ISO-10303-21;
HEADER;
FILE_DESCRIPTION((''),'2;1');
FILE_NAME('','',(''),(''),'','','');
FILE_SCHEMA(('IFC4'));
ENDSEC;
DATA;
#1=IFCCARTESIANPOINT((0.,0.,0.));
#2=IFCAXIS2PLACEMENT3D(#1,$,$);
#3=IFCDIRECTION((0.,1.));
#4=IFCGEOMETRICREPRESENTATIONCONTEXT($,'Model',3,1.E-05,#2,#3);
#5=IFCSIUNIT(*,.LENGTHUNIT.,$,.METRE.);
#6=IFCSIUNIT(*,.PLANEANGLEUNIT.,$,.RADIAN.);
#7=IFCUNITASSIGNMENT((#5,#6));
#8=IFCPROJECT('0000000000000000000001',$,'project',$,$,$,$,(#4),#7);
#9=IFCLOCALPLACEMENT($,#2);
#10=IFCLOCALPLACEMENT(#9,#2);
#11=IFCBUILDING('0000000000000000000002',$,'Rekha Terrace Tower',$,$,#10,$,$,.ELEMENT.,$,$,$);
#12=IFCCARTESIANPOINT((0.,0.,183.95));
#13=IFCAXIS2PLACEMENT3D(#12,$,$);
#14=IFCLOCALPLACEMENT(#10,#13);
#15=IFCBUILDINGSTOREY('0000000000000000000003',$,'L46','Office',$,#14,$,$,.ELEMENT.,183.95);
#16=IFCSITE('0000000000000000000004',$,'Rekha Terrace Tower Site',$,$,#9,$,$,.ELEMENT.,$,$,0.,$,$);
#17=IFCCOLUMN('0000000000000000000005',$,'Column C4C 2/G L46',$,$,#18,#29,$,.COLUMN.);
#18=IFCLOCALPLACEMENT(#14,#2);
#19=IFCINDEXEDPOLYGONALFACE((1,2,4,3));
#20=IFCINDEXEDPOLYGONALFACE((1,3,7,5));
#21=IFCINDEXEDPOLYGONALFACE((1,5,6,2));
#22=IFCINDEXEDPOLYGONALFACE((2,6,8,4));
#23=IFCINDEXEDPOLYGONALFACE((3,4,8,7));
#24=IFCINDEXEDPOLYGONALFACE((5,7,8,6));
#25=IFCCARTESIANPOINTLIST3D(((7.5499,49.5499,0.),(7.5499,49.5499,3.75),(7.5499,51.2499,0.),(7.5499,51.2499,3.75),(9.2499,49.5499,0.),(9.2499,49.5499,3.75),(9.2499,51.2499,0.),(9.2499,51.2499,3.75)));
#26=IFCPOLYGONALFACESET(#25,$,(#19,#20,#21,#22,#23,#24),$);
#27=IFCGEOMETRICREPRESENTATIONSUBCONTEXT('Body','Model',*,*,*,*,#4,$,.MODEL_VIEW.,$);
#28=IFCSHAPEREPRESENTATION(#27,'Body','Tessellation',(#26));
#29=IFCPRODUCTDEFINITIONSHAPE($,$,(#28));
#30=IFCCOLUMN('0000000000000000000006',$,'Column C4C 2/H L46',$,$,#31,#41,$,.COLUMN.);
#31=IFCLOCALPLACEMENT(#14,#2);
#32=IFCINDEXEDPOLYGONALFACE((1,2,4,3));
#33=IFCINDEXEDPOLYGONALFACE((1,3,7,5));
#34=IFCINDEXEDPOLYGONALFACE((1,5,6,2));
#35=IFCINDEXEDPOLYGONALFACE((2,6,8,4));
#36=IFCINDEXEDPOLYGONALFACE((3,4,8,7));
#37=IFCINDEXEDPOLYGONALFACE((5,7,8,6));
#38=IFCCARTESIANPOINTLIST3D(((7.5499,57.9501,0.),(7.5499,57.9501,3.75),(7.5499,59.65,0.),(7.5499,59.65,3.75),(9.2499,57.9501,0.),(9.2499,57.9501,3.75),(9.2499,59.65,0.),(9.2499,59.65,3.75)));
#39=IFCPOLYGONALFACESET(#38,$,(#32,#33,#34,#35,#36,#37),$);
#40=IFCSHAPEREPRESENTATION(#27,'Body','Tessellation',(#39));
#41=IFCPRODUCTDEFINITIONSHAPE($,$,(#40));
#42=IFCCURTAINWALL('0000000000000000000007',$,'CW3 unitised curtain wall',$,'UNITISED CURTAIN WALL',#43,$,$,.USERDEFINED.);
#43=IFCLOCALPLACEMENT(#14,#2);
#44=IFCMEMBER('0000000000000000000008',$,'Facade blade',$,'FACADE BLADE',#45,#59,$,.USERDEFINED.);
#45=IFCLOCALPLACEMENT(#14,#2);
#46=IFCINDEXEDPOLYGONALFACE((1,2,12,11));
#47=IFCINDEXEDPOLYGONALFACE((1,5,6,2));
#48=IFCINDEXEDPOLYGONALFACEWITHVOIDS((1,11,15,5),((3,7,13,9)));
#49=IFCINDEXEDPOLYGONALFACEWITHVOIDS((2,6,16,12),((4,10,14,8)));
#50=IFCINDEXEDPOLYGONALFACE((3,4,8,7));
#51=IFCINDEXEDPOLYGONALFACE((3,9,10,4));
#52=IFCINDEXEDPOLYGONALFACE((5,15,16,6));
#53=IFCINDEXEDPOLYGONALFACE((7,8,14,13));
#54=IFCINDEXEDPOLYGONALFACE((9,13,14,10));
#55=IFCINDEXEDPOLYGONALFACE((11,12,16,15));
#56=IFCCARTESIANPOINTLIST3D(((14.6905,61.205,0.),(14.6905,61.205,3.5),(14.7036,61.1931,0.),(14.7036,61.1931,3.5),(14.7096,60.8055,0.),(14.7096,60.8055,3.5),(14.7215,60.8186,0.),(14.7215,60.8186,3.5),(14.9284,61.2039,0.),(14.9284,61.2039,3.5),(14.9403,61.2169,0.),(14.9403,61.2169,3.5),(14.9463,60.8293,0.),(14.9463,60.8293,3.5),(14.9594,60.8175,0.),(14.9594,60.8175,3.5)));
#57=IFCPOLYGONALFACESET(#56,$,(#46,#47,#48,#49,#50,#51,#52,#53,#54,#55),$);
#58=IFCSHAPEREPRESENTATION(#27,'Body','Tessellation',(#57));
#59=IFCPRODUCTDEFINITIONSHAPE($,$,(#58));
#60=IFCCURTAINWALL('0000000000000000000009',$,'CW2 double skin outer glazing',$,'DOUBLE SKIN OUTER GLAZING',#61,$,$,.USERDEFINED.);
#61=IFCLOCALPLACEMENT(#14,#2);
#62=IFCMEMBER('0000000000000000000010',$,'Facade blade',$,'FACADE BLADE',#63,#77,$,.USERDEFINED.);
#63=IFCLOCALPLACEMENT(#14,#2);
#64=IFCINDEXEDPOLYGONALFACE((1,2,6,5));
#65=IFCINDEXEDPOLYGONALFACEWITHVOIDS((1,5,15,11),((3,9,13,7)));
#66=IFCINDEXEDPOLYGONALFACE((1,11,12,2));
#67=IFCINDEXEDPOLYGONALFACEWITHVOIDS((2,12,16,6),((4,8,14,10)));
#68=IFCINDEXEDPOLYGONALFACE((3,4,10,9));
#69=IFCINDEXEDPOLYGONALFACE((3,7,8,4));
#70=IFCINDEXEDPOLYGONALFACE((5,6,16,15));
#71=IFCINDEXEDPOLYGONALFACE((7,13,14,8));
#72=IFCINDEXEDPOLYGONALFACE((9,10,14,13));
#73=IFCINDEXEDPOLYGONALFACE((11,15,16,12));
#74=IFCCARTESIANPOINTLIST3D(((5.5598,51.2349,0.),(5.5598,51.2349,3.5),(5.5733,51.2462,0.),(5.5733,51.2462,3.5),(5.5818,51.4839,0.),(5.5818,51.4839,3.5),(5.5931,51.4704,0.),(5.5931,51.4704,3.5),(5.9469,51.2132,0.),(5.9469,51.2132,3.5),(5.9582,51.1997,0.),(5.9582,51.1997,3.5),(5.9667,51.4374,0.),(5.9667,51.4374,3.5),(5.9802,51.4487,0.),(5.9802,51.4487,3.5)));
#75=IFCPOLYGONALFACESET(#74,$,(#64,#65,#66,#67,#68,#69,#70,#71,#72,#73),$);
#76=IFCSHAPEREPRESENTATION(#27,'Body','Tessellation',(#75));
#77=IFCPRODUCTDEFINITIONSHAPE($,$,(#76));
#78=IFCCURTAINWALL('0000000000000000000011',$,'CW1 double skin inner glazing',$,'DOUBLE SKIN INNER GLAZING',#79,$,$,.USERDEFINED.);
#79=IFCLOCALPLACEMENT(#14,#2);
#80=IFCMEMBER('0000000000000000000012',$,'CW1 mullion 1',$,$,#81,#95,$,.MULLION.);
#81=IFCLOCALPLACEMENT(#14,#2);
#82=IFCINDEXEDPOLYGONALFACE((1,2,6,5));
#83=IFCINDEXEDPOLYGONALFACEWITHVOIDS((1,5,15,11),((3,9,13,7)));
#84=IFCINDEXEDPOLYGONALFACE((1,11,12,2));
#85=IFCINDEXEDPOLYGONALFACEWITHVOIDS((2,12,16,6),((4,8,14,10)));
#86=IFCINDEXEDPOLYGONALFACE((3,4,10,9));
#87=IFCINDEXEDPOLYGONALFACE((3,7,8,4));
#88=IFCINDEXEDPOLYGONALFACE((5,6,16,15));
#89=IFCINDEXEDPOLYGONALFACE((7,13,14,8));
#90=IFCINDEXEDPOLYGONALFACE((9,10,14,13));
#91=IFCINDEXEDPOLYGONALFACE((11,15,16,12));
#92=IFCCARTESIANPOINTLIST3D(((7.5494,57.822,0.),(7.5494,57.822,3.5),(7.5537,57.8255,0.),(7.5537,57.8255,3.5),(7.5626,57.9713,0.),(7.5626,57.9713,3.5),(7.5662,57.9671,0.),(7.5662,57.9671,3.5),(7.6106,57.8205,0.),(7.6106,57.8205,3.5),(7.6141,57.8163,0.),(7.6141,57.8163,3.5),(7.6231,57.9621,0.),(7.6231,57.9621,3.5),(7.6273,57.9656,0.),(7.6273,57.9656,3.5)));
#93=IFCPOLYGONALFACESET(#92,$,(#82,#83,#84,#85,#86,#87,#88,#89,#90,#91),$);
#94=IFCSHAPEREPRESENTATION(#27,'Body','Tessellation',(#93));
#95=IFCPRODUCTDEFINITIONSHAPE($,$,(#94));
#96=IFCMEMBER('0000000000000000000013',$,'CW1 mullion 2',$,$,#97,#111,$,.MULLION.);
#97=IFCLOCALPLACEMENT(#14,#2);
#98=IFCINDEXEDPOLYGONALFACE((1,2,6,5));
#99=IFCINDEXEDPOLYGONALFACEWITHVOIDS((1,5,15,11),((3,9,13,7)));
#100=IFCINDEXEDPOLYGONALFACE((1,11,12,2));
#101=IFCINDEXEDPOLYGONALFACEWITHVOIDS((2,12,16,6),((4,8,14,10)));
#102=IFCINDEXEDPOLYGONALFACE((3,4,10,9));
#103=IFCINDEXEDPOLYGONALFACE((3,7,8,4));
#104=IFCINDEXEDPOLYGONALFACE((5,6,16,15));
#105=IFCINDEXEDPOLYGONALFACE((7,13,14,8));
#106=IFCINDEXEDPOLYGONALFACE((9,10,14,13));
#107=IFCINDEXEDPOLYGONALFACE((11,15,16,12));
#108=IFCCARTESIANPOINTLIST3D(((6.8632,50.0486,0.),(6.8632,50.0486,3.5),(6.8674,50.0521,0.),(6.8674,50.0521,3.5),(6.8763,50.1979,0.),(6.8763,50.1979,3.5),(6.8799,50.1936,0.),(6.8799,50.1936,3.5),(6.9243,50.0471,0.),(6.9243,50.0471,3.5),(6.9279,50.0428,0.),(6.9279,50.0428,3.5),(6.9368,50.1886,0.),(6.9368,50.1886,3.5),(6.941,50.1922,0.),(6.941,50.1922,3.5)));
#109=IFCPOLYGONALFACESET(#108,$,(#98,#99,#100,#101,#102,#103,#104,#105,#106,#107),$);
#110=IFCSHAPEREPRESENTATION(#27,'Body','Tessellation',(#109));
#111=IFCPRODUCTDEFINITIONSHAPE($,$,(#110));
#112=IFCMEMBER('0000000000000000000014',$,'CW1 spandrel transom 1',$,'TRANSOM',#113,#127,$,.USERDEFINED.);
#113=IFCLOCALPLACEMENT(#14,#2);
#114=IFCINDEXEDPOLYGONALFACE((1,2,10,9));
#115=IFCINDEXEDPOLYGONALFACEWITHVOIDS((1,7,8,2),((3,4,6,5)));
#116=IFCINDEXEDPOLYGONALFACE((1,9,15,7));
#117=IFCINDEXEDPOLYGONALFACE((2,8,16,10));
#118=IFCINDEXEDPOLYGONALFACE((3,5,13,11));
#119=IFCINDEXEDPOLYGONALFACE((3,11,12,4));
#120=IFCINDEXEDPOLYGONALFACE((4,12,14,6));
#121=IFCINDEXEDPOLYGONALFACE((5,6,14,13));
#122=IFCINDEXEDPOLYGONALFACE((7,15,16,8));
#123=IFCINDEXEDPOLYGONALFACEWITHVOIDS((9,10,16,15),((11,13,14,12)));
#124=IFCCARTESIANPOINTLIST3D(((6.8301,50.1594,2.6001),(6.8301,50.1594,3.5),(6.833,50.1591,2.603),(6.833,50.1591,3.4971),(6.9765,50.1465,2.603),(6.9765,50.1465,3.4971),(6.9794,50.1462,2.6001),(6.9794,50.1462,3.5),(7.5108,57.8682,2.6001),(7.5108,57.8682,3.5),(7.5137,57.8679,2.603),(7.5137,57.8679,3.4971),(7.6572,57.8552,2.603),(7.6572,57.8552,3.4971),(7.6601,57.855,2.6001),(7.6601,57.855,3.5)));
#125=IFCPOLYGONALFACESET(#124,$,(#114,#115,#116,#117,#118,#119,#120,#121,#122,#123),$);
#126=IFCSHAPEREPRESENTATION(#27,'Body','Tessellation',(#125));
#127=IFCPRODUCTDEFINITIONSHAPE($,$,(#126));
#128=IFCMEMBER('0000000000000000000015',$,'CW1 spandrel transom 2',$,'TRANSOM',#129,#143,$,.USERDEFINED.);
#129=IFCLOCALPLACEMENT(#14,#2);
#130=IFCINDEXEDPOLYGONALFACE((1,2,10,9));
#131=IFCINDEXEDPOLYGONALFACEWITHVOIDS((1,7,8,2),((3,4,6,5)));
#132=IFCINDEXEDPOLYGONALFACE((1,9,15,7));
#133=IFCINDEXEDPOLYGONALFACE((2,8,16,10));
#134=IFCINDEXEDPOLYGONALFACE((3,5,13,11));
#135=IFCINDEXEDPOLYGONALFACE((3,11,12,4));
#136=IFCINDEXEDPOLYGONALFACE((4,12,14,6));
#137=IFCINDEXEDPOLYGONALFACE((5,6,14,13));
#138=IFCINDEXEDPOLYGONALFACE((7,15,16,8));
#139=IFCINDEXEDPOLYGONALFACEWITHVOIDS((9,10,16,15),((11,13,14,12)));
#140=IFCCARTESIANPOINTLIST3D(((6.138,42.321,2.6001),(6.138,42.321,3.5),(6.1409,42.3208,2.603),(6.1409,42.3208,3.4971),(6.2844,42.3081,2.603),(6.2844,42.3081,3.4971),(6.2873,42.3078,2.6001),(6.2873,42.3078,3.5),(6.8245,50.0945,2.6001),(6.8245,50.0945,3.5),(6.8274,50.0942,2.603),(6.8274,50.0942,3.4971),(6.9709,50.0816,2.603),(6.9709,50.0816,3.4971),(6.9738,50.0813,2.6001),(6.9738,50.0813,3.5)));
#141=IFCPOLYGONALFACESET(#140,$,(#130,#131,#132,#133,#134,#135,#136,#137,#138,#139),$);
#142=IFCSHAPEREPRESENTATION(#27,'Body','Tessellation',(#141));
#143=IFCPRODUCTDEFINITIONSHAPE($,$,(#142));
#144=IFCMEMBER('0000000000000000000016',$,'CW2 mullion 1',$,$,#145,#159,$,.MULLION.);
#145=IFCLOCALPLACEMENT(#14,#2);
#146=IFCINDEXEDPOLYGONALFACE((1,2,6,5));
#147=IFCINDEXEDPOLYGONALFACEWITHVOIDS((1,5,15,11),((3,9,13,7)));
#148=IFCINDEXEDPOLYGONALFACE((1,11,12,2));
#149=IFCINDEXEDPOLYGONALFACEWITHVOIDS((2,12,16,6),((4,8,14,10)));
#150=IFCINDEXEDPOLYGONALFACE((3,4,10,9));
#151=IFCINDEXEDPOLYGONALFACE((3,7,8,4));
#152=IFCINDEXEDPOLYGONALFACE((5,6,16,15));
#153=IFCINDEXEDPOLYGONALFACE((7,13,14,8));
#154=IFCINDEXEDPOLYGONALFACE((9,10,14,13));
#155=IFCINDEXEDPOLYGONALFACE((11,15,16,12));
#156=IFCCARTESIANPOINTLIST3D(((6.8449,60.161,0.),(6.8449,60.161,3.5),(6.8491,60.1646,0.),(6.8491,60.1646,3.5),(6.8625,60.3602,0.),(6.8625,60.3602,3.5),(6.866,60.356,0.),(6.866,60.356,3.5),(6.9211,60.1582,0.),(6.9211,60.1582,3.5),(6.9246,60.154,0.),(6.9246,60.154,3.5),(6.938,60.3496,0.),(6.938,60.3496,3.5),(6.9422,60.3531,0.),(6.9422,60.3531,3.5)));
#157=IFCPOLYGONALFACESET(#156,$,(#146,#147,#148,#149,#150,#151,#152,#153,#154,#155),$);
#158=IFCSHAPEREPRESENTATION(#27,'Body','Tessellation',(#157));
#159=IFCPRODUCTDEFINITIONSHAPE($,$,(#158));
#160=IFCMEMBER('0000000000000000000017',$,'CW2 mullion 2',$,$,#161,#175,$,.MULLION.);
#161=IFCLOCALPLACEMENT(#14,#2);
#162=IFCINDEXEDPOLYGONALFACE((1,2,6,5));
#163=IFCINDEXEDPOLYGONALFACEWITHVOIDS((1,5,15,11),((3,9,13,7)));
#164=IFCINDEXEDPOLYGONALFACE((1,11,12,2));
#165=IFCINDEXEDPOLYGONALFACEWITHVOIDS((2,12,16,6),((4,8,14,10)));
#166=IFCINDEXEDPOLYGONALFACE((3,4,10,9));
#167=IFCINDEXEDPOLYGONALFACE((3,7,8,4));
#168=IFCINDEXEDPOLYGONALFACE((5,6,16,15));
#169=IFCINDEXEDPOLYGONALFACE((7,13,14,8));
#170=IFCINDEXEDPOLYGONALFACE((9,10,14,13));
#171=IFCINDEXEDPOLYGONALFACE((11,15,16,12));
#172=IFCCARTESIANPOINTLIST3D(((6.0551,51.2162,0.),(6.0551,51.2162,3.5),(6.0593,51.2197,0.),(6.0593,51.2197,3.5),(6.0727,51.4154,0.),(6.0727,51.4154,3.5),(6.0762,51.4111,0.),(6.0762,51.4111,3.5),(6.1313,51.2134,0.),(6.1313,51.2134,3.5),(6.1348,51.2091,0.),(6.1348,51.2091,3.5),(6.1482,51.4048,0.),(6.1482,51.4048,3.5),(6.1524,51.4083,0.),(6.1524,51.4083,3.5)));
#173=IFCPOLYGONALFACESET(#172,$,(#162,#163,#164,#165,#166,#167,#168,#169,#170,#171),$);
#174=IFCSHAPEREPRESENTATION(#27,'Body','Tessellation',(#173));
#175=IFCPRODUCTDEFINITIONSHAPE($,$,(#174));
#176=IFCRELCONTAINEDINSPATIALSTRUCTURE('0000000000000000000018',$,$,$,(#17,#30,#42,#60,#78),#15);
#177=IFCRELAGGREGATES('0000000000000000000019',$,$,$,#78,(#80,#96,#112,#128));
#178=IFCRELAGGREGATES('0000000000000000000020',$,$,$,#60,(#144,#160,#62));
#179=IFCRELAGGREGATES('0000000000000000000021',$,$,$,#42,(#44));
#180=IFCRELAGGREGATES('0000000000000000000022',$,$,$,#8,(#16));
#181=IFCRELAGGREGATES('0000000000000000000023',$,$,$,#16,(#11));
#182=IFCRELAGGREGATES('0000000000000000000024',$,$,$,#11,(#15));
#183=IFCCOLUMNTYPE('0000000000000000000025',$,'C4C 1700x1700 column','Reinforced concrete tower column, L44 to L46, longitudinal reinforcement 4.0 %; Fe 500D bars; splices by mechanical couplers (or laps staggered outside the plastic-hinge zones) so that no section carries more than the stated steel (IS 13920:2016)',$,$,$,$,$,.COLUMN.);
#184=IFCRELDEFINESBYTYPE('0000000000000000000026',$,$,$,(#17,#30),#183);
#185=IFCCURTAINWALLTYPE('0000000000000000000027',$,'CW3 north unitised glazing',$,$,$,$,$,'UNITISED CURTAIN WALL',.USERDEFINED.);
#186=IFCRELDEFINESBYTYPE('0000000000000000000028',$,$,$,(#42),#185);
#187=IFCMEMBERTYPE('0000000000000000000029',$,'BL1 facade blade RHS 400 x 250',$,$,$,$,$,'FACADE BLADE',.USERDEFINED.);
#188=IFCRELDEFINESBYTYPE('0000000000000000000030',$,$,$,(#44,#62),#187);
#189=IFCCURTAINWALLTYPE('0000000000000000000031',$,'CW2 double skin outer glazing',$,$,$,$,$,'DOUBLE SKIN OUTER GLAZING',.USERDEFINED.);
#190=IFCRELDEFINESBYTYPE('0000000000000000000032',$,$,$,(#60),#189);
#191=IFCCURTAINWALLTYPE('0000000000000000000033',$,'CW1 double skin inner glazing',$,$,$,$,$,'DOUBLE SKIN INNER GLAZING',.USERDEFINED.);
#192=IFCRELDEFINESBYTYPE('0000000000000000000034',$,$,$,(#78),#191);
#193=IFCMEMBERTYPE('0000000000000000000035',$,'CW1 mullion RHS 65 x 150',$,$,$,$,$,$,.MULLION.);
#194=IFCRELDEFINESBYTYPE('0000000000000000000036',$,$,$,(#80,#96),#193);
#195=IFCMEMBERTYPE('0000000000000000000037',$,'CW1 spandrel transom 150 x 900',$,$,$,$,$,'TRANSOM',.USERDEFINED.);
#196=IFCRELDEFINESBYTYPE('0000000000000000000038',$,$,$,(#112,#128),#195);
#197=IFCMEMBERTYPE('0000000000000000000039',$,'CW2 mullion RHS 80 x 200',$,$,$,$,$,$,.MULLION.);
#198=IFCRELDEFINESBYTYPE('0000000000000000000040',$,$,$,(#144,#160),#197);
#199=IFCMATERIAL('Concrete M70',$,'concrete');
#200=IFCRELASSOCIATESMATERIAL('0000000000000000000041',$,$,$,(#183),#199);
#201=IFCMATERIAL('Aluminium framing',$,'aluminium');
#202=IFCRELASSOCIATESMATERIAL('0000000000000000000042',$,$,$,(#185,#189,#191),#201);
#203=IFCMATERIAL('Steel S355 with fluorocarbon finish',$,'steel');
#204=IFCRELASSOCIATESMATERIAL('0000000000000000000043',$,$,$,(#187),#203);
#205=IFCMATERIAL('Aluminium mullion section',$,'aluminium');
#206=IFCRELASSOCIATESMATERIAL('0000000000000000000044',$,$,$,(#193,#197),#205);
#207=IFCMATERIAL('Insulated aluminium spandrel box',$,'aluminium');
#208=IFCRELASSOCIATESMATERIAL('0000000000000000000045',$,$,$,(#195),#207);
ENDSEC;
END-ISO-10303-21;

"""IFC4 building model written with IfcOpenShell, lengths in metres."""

from ifc_helpers import new_model, si_unit, direction, frame, origin, origin_2d, place, context, subcontext, project, spatial, rectangle, hollow_rectangle, extrude, material, material_profile, profile_set, type_object, element, aggregate, save


model = new_model("IFC4")

# Units and contexts
model_context = context("Model", 3, precision=1e-05, world=origin(), true_north=direction((0.0, 1.0)))
body_context = subcontext(model_context, "Body", "Model", "MODEL_VIEW")
ifc_project = project(units=[si_unit("LENGTHUNIT", "METRE"), si_unit("PLANEANGLEUNIT", "RADIAN")], contexts=[model_context])

# Site, building, storey
site_placement = place(None, origin())
site = spatial("IfcSite", under=ifc_project, at=site_placement, Name="Rekha Terrace Tower Site", CompositionType="ELEMENT", RefElevation=0.0)
building_placement = place(site_placement, origin())
building = spatial("IfcBuilding", under=site, at=building_placement, Name="Rekha Terrace Tower", CompositionType="ELEMENT")
storey_placement = place(building_placement, frame((0.0, 0.0, 183.95)))
storey = spatial("IfcBuildingStorey", under=building, at=storey_placement, Name="L46", Description="Office", CompositionType="ELEMENT", Elevation=183.95)

# Columns
ifc_material_1 = material(Name="Concrete M70", Category="concrete")
ifc_material_profile_1 = material_profile(ifc_material_1, rectangle(XDim=1.7, YDim=1.7, at=origin_2d()), Name="RC 1700x1700")
ifc_profile_set_1 = profile_set([ifc_material_profile_1], Name="Concrete M70")
column_type = type_object("IfcColumnType", Name="C4C 1700x1700 column", Description="Reinforced concrete tower column, L44 to L46, longitudinal reinforcement 4.0 %; Fe 500D bars; splices by mechanical couplers (or laps staggered outside the plastic-hinge zones) so that no section carries more than the stated steel (IS 13920:2016)", PredefinedType="COLUMN", material=ifc_profile_set_1)
for number, where, z_axis, x_axis, name in (
    (1, (8.3999, 50.3999, 0.0), (0.0, 0.0, 1.0), (1.0, 0.0, 0.0), "Column C4C 2/G L46"),
    (2, (8.3999, 58.8, 0.0), (0.0, 0.0, 1.0), (1.0, 0.0, 0.0), "Column C4C 2/H L46"),
):
    element("IfcColumn", number, at=place(storey_placement, frame(where, z_axis=z_axis, x_axis=x_axis)), inside=storey, type_object=column_type, Name=name, PredefinedType="COLUMN", context=body_context, shape_type="SweptSolid", body=[
        extrude(rectangle(XDim=1.7, YDim=1.7, at=origin_2d()), origin(), (0.0, 0.0, 1.0), 3.75),
    ])

# Curtain walls, members
ifc_material_2 = material(Name="Aluminium framing", Category="aluminium")
curtain_wall_type_1 = type_object("IfcCurtainWallType", Name="CW3 north unitised glazing", ElementType="UNITISED CURTAIN WALL", PredefinedType="USERDEFINED", material=ifc_material_2)
curtain_wall_1_placement = place(storey_placement, origin())
curtain_wall_1 = element("IfcCurtainWall", 3, at=curtain_wall_1_placement, inside=storey, type_object=curtain_wall_type_1, Name="CW3 unitised curtain wall", ObjectType="UNITISED CURTAIN WALL", PredefinedType="USERDEFINED")
ifc_material_3 = material(Name="Steel S355 with fluorocarbon finish", Category="steel")
ifc_material_profile_2 = material_profile(ifc_material_3, hollow_rectangle(XDim=0.25, YDim=0.3999, WallThickness=0.0125, at=origin_2d()), Name="RHS400x250x12.5")
ifc_profile_set_2 = profile_set([ifc_material_profile_2], Name="Steel S355 with fluorocarbon finish")
member_type_1 = type_object("IfcMemberType", Name="BL1 facade blade RHS 400 x 250", ElementType="FACADE BLADE", PredefinedType="USERDEFINED", material=ifc_profile_set_2)
member_1_placement = place(storey_placement, frame((14.825, 61.0112, 0.0), z_axis=(0.0, 0.0, 1.0), x_axis=(-0.998859, -0.047758, 0.0)))
member_1 = element("IfcMember", 4, at=member_1_placement, type_object=member_type_1, Name="Facade blade", ObjectType="FACADE BLADE", PredefinedType="USERDEFINED", context=body_context, shape_type="SweptSolid", body=[
    extrude(hollow_rectangle(XDim=0.25, YDim=0.3999, WallThickness=0.0125, at=origin_2d()), origin(), (0.0, 0.0, 1.0), 3.5),
])
curtain_wall_type_2 = type_object("IfcCurtainWallType", Name="CW2 double skin outer glazing", ElementType="DOUBLE SKIN OUTER GLAZING", PredefinedType="USERDEFINED", material=ifc_material_2)
curtain_wall_2_placement = place(storey_placement, origin())
curtain_wall_2 = element("IfcCurtainWall", 5, at=curtain_wall_2_placement, inside=storey, type_object=curtain_wall_type_2, Name="CW2 double skin outer glazing", ObjectType="DOUBLE SKIN OUTER GLAZING", PredefinedType="USERDEFINED")
member_2_placement = place(storey_placement, frame((5.77, 51.3418, 0.0), z_axis=(0.0, 0.0, 1.0), x_axis=(-0.087957, -0.996124, 0.0)))
member_2 = element("IfcMember", 6, at=member_2_placement, type_object=member_type_1, Name="Facade blade", ObjectType="FACADE BLADE", PredefinedType="USERDEFINED", context=body_context, shape_type="SweptSolid", body=[
    extrude(hollow_rectangle(XDim=0.25, YDim=0.3999, WallThickness=0.0125, at=origin_2d()), origin(), (0.0, 0.0, 1.0), 3.5),
])

# Curtain wall, members
curtain_wall_type_3 = type_object("IfcCurtainWallType", Name="CW1 double skin inner glazing", ElementType="DOUBLE SKIN INNER GLAZING", PredefinedType="USERDEFINED", material=ifc_material_2)
curtain_wall_3_placement = place(storey_placement, origin())
curtain_wall_3 = element("IfcCurtainWall", 7, at=curtain_wall_3_placement, inside=storey, type_object=curtain_wall_type_3, Name="CW1 double skin inner glazing", ObjectType="DOUBLE SKIN INNER GLAZING", PredefinedType="USERDEFINED")
ifc_material_4 = material(Name="Aluminium mullion section", Category="aluminium")
ifc_material_profile_3 = material_profile(ifc_material_4, hollow_rectangle(XDim=0.0649, YDim=0.1499, WallThickness=0.0039, at=origin_2d()), Name="AL RHS 65x150")
ifc_profile_set_3 = profile_set([ifc_material_profile_3], Name="Aluminium mullion section")
member_type_2 = type_object("IfcMemberType", Name="CW1 mullion RHS 65 x 150", PredefinedType="MULLION", material=ifc_profile_set_3)
member_3_placement = place(storey_placement, frame((7.5884, 57.8938, 0.0), z_axis=(0.0, 0.0, 1.0), x_axis=(0.996124, -0.087958, 0.0)))
member_3 = element("IfcMember", 8, at=member_3_placement, type_object=member_type_2, Name="CW1 mullion 1", PredefinedType="MULLION", context=body_context, shape_type="SweptSolid", body=[
    extrude(hollow_rectangle(XDim=0.0649, YDim=0.1499, WallThickness=0.0039, at=origin_2d()), origin(), (0.0, 0.0, 1.0), 3.5),
])
member_4_placement = place(storey_placement, frame((6.9021, 50.1204, 0.0), z_axis=(0.0, 0.0, 1.0), x_axis=(0.996124, -0.087958, 0.0)))
member_4 = element("IfcMember", 9, at=member_4_placement, type_object=member_type_2, Name="CW1 mullion 2", PredefinedType="MULLION", context=body_context, shape_type="SweptSolid", body=[
    extrude(hollow_rectangle(XDim=0.0649, YDim=0.1499, WallThickness=0.0039, at=origin_2d()), origin(), (0.0, 0.0, 1.0), 3.5),
])
ifc_material_5 = material(Name="Insulated aluminium spandrel box", Category="aluminium")
ifc_material_profile_4 = material_profile(ifc_material_5, hollow_rectangle(XDim=0.1499, YDim=0.8999, WallThickness=0.0029, at=origin_2d()), Name="AL SPANDREL BOX 150x900")
ifc_profile_set_4 = profile_set([ifc_material_profile_4], Name="Insulated aluminium spandrel box")
member_type_3 = type_object("IfcMemberType", Name="CW1 spandrel transom 150 x 900", ElementType="TRANSOM", PredefinedType="USERDEFINED", material=ifc_profile_set_4)
member_5_placement = place(storey_placement, frame((7.5854, 57.8616, 3.05), z_axis=(-0.087955, -0.996124, 0.0), x_axis=(0.996124, -0.087955, 0.0)))
member_5 = element("IfcMember", 10, at=member_5_placement, type_object=member_type_3, Name="CW1 spandrel transom 1", ObjectType="TRANSOM", PredefinedType="USERDEFINED", context=body_context, shape_type="SweptSolid", body=[
    extrude(hollow_rectangle(XDim=0.1499, YDim=0.8999, WallThickness=0.0029, at=origin_2d()), origin(), (0.0, 0.0, 1.0), 7.7388),
])
member_6_placement = place(storey_placement, frame((6.8992, 50.0879, 3.05), z_axis=(-0.087974, -0.996123, 0.0), x_axis=(0.996123, -0.087974, 0.0)))
member_6 = element("IfcMember", 11, at=member_6_placement, type_object=member_type_3, Name="CW1 spandrel transom 2", ObjectType="TRANSOM", PredefinedType="USERDEFINED", context=body_context, shape_type="SweptSolid", body=[
    extrude(hollow_rectangle(XDim=0.1499, YDim=0.8999, WallThickness=0.0029, at=origin_2d()), origin(), (0.0, 0.0, 1.0), 7.8037),
])

# Members
ifc_material_profile_5 = material_profile(ifc_material_4, hollow_rectangle(XDim=0.0801, YDim=0.2, WallThickness=0.0039, at=origin_2d()), Name="AL RHS 80x200")
ifc_profile_set_5 = profile_set([ifc_material_profile_5], Name="Aluminium mullion section")
member_type_4 = type_object("IfcMemberType", Name="CW2 mullion RHS 80 x 200", PredefinedType="MULLION", material=ifc_profile_set_5)
member_7_placement = place(storey_placement, frame((6.8936, 60.2571, 0.0), z_axis=(0.0, 0.0, 1.0), x_axis=(0.996124, -0.087958, 0.0)))
member_7 = element("IfcMember", 12, at=member_7_placement, type_object=member_type_4, Name="CW2 mullion 1", PredefinedType="MULLION", context=body_context, shape_type="SweptSolid", body=[
    extrude(hollow_rectangle(XDim=0.0801, YDim=0.2, WallThickness=0.0039, at=origin_2d()), origin(), (0.0, 0.0, 1.0), 3.5),
])
member_8_placement = place(storey_placement, frame((6.1038, 51.3123, 0.0), z_axis=(0.0, 0.0, 1.0), x_axis=(0.996124, -0.087958, 0.0)))
member_8 = element("IfcMember", 13, at=member_8_placement, type_object=member_type_4, Name="CW2 mullion 2", PredefinedType="MULLION", context=body_context, shape_type="SweptSolid", body=[
    extrude(hollow_rectangle(XDim=0.0801, YDim=0.2, WallThickness=0.0039, at=origin_2d()), origin(), (0.0, 0.0, 1.0), 3.5),
])

aggregate(curtain_wall_3, [member_3, member_4, member_5, member_6])
aggregate(curtain_wall_2, [member_7, member_8, member_2])
aggregate(curtain_wall_1, [member_1])

save(model, "model.ifc")
